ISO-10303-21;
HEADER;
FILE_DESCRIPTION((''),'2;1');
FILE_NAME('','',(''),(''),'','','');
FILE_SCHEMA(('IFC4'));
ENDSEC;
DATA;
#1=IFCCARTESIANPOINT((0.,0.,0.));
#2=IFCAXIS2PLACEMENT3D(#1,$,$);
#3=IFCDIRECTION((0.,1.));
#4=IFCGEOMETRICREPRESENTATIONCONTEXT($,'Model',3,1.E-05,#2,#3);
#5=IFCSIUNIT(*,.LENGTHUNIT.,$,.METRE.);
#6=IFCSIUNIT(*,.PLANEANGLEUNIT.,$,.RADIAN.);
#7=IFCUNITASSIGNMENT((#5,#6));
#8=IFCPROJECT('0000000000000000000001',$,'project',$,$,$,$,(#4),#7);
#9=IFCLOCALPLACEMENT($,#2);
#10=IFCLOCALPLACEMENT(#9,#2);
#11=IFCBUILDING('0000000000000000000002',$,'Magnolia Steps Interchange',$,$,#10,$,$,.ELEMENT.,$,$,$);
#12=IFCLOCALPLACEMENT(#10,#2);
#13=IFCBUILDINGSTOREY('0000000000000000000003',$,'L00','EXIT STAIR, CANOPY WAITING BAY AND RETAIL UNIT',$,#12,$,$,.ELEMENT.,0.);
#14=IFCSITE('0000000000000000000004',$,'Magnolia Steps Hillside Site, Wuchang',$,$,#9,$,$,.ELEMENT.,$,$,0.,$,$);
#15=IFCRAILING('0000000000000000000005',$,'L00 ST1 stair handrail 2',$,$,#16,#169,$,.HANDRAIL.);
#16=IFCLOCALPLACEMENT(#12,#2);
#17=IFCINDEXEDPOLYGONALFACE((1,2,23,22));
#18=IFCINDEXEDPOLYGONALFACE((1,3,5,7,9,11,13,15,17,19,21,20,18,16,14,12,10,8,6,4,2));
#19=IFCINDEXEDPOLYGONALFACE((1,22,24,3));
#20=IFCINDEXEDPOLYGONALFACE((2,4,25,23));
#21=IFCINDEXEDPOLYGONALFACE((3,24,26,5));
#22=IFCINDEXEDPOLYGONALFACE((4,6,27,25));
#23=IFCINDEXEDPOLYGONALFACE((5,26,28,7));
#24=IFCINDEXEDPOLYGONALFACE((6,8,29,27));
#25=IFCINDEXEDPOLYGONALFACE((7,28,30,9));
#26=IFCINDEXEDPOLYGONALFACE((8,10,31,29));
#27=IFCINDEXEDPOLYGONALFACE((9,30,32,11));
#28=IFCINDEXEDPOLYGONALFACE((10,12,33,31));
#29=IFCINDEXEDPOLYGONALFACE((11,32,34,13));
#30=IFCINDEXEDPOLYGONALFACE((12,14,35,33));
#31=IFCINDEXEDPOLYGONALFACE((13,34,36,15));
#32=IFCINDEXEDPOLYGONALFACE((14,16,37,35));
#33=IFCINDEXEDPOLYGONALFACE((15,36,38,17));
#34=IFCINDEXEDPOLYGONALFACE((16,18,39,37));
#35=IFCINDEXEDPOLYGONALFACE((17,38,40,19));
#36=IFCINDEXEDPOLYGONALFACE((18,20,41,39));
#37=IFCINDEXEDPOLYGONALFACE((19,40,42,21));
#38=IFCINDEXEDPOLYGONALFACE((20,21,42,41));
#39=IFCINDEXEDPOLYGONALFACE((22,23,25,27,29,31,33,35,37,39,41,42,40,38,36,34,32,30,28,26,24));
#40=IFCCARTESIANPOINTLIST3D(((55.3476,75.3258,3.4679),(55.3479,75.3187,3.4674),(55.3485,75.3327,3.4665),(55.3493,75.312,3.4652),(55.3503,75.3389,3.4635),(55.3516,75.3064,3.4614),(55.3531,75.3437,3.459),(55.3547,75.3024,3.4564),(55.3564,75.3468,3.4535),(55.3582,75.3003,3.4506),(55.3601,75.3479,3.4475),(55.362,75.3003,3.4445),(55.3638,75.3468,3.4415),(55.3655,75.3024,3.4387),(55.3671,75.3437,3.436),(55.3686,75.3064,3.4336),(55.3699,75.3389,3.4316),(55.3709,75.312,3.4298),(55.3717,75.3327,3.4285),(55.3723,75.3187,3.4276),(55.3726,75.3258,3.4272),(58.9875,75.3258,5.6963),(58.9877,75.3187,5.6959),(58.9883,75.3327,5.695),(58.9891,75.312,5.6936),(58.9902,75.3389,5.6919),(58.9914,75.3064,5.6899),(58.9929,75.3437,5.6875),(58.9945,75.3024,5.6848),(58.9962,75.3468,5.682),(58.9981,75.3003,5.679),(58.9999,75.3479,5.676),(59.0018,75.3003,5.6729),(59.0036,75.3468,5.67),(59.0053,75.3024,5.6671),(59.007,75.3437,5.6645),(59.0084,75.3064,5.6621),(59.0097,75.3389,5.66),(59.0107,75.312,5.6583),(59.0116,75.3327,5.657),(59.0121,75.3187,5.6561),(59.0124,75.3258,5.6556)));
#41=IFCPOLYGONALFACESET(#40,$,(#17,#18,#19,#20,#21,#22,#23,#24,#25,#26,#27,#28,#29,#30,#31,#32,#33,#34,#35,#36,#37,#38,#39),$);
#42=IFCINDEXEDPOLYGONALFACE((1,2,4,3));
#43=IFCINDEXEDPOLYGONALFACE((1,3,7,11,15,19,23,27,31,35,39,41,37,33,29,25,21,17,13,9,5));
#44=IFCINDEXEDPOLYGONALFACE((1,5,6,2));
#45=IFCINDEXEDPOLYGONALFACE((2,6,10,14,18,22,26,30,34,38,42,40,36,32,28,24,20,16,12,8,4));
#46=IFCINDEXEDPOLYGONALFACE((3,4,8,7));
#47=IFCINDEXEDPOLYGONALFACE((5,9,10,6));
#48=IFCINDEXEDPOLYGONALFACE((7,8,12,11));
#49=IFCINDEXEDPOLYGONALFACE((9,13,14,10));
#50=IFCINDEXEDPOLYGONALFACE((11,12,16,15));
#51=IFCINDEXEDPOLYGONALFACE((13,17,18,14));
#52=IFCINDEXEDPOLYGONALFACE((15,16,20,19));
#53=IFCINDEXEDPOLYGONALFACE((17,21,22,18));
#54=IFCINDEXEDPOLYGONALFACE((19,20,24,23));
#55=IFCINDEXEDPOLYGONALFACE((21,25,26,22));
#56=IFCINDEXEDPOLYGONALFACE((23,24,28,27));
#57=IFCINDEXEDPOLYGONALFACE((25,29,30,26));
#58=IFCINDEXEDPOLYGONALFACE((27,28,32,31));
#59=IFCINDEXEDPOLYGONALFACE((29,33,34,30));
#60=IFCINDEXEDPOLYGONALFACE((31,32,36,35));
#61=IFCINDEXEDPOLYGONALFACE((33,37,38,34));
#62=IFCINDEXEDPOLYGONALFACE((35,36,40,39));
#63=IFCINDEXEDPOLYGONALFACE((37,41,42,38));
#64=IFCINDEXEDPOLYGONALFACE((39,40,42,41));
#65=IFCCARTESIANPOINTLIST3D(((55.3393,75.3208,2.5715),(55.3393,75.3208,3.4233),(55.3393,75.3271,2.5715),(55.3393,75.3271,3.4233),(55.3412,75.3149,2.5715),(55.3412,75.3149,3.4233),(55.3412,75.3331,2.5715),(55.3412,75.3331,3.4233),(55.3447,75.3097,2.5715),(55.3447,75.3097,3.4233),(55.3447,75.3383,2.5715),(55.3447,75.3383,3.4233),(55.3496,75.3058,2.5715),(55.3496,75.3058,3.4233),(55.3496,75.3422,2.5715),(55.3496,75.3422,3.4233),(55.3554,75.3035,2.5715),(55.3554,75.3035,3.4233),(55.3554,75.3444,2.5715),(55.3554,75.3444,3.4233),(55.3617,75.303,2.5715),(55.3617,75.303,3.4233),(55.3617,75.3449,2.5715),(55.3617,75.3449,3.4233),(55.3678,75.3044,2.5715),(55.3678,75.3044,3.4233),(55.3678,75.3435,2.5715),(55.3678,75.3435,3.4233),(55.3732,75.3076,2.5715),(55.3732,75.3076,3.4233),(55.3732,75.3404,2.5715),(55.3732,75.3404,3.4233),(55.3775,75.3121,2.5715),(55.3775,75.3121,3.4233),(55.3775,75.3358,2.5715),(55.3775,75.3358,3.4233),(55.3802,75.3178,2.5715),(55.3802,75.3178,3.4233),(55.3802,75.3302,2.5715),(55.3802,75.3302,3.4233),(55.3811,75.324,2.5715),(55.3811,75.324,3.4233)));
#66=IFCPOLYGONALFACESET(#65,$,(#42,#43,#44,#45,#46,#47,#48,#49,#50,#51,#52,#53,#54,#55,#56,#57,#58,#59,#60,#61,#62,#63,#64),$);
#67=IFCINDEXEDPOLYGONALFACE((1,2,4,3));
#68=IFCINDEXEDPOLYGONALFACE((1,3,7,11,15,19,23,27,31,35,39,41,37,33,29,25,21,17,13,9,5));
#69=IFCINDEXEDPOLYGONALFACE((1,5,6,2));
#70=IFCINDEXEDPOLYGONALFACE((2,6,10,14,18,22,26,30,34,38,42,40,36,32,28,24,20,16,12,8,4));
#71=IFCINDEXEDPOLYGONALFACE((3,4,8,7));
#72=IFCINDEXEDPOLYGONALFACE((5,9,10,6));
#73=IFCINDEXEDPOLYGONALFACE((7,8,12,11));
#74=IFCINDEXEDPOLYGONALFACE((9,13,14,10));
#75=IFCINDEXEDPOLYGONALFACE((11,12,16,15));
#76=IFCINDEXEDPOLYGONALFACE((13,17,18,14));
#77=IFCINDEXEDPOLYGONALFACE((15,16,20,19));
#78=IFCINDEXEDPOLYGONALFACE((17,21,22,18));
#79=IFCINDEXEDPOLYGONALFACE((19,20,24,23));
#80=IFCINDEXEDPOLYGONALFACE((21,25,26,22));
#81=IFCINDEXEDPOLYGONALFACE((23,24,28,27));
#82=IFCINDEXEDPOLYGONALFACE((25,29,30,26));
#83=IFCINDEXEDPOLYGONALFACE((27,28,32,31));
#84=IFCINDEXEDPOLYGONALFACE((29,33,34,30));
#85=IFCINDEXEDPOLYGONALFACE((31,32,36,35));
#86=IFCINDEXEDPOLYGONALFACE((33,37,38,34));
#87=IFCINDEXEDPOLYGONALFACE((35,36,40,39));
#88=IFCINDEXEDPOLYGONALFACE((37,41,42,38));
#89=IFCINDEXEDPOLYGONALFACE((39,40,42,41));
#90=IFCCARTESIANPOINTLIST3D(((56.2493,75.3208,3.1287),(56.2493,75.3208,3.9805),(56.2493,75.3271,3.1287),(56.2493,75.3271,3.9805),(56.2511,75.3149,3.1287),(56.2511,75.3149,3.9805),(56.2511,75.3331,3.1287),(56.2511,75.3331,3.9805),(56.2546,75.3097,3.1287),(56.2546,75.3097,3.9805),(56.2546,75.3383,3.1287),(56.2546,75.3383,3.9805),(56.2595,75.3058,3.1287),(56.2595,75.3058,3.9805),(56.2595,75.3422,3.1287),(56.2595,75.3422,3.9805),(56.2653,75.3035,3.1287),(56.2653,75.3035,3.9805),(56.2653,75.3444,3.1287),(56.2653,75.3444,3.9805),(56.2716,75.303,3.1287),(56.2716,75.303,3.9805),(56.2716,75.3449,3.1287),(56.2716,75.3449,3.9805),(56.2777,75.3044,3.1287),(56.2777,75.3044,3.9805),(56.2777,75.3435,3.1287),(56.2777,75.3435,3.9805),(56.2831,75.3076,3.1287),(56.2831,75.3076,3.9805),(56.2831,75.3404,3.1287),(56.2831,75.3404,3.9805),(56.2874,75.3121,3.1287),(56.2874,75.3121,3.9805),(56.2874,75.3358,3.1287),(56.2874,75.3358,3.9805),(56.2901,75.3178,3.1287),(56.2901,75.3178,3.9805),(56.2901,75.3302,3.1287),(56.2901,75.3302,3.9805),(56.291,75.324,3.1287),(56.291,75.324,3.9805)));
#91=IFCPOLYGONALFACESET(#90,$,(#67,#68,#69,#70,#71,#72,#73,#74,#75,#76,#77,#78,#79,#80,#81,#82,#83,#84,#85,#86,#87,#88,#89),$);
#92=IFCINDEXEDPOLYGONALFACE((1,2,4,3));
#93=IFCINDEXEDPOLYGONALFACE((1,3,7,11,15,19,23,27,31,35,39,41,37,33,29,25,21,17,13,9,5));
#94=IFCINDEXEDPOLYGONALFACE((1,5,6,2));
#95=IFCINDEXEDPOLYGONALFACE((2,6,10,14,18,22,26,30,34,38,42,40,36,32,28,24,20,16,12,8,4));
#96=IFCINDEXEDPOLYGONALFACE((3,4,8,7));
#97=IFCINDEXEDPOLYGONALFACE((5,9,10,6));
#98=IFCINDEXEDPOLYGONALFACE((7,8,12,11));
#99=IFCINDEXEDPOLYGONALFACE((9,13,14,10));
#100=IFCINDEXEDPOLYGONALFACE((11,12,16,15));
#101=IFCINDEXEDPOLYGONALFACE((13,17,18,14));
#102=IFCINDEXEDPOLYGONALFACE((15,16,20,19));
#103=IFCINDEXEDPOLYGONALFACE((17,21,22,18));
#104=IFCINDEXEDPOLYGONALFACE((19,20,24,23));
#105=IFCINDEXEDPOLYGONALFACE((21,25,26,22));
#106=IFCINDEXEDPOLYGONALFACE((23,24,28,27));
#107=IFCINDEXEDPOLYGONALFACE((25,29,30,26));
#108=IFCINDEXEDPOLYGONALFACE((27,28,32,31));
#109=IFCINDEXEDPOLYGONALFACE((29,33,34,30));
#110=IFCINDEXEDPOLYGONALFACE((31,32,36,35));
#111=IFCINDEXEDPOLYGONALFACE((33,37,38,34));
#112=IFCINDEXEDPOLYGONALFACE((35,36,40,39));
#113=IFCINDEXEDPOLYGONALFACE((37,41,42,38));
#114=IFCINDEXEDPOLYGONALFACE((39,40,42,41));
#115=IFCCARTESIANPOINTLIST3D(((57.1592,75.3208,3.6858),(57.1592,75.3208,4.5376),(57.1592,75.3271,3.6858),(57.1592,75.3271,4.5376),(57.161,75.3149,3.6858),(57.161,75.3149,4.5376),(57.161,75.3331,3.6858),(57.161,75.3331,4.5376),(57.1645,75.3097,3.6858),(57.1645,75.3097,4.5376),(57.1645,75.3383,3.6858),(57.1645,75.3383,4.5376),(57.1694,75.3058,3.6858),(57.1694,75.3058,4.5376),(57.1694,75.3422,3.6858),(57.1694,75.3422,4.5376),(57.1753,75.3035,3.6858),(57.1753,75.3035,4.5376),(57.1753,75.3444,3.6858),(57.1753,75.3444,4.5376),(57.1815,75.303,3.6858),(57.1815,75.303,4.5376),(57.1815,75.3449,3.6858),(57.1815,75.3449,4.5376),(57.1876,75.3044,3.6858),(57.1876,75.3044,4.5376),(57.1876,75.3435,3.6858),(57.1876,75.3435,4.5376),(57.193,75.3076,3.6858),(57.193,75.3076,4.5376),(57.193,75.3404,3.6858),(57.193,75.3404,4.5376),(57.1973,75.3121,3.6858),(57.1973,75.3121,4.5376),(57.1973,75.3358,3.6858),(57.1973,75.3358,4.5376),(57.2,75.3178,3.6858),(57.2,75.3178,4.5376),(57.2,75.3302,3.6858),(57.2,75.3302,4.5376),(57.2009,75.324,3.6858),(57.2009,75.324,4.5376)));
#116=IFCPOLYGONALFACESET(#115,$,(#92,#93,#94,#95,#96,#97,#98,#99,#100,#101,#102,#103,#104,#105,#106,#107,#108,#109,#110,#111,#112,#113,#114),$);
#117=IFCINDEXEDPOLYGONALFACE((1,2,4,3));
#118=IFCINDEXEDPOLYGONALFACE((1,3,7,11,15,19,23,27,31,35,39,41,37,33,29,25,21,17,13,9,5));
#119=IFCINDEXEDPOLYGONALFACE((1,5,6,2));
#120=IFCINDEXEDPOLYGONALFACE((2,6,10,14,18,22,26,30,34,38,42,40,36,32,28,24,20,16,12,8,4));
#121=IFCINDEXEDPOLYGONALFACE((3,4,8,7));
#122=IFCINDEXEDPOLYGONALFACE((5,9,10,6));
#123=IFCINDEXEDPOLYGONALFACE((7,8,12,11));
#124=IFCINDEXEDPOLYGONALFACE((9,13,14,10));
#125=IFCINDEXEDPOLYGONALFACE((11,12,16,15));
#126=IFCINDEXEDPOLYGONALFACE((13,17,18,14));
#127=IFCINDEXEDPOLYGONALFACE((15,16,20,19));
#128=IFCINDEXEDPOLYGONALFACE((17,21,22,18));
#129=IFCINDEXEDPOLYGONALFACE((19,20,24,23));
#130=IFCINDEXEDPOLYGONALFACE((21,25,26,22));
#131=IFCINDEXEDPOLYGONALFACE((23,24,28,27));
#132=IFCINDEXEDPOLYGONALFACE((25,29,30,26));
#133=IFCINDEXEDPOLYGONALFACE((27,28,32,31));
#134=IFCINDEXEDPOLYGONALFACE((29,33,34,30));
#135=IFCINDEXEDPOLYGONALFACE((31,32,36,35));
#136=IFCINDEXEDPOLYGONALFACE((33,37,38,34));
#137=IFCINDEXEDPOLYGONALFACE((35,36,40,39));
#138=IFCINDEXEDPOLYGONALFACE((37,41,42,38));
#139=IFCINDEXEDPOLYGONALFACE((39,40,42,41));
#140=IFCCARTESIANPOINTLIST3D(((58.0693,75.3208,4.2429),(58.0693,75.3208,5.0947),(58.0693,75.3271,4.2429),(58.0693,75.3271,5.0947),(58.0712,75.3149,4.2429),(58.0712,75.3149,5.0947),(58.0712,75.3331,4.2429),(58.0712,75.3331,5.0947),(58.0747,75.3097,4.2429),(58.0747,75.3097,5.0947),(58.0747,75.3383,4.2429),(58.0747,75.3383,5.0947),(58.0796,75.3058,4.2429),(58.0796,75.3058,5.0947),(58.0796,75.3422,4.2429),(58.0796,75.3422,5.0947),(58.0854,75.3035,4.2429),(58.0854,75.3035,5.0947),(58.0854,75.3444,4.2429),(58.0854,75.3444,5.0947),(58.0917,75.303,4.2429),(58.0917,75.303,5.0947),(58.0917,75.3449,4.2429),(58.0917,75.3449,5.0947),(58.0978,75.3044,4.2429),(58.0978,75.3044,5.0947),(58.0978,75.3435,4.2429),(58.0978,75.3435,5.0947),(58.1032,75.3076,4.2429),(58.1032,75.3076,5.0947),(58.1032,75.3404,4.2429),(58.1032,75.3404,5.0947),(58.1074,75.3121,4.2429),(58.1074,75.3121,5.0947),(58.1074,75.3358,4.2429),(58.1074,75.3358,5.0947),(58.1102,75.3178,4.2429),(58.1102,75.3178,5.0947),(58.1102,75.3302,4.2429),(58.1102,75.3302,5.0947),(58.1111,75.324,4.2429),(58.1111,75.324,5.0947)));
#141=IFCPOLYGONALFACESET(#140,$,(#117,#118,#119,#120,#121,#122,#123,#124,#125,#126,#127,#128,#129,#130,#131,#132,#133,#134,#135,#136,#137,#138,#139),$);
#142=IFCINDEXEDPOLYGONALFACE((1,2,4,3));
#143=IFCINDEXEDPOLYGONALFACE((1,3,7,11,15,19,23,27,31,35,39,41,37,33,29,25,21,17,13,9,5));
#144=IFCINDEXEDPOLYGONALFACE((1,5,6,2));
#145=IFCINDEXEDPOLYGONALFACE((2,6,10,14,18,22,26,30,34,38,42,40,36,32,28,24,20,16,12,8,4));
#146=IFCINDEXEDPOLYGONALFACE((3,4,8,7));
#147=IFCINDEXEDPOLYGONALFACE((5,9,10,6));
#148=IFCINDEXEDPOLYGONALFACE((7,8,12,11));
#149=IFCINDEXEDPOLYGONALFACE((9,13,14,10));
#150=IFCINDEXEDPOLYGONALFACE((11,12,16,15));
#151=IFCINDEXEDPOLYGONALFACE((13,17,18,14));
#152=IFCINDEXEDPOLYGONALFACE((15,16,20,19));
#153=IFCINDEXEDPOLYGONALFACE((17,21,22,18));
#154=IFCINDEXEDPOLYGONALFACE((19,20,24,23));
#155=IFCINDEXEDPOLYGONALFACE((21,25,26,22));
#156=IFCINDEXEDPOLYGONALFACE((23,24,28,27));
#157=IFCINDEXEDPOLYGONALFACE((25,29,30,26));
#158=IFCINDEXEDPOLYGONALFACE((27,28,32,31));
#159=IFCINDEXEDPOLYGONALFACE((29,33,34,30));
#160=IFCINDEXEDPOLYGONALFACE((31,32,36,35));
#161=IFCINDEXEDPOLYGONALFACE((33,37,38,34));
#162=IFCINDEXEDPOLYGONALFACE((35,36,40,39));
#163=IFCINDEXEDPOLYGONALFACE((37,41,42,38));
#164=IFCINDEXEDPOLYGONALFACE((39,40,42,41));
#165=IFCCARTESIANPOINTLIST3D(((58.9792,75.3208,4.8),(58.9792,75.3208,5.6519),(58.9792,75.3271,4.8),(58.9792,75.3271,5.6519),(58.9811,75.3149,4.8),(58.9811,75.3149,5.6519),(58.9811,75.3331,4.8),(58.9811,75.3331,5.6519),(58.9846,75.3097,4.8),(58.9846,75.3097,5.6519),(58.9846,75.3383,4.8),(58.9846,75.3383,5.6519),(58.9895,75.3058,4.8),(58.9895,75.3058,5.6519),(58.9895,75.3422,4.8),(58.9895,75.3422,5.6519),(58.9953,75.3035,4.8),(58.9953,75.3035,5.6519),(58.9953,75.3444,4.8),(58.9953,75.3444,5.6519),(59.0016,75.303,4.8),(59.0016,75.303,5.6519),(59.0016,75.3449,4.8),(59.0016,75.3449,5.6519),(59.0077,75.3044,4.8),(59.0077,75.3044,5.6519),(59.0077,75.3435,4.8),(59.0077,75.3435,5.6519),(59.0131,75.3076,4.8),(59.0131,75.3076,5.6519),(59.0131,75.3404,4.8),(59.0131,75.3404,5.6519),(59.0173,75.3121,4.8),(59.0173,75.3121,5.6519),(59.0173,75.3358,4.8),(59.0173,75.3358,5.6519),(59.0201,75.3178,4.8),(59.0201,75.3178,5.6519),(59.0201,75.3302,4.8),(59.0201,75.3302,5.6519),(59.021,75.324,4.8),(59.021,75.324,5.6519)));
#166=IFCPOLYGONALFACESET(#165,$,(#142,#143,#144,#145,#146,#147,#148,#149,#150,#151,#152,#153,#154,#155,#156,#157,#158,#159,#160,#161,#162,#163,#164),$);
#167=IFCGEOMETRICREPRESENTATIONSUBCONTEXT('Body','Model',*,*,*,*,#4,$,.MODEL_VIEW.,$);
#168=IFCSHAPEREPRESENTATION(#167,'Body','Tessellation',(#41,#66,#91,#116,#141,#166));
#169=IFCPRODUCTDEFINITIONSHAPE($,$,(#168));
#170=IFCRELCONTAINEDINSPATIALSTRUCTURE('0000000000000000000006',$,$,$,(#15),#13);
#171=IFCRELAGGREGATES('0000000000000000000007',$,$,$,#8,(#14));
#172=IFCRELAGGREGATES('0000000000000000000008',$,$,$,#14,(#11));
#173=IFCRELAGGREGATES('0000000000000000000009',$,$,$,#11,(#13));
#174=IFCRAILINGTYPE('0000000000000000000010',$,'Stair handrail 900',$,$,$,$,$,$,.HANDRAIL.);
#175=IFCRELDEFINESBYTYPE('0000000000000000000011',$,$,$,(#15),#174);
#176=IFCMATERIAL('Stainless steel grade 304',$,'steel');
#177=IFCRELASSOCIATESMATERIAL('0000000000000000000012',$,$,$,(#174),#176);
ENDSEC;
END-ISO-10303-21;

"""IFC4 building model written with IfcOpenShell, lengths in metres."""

from ifc_helpers import new_model, si_unit, direction, frame, origin, origin_2d, place, context, subcontext, project, spatial, circle, extrude, material, type_object, element, save


model = new_model("IFC4")

# Units and contexts
model_context = context("Model", 3, precision=1e-05, world=origin(), true_north=direction((0.0, 1.0)))
body_context = subcontext(model_context, "Body", "Model", "MODEL_VIEW")
ifc_project = project(units=[si_unit("LENGTHUNIT", "METRE"), si_unit("PLANEANGLEUNIT", "RADIAN")], contexts=[model_context])

# Site, building, storey
site_placement = place(None, origin())
site = spatial("IfcSite", under=ifc_project, at=site_placement, Name="Magnolia Steps Hillside Site, Wuchang", CompositionType="ELEMENT", RefElevation=0.0)
building_placement = place(site_placement, origin())
building = spatial("IfcBuilding", under=site, at=building_placement, Name="Magnolia Steps Interchange", CompositionType="ELEMENT")
storey_placement = place(building_placement, origin())
storey = spatial("IfcBuildingStorey", under=building, at=storey_placement, Name="L00", Description="EXIT STAIR, CANOPY WAITING BAY AND RETAIL UNIT", CompositionType="ELEMENT", Elevation=0.0)

# Railing
ifc_material_1 = material(Name="Stainless steel grade 304", Category="steel")
railing_type_1 = type_object("IfcRailingType", Name="Stair handrail 900", PredefinedType="HANDRAIL", material=ifc_material_1)
railing_1_placement = place(storey_placement, frame((55.3601, 75.324, 2.5715)))
element("IfcRailing", 1, at=railing_1_placement, inside=storey, type_object=railing_type_1, Name="L00 ST1 stair handrail 2", PredefinedType="HANDRAIL", context=body_context, shape_type="SweptSolid", body=[
    extrude(circle(Radius=0.0239, at=origin_2d()), frame((0.0, 0.0, 0.876), z_axis=(0.85285, 0.0, 0.522156), x_axis=(0.0, 1.0, 0.0)), (0.0, 0.0, 1.0), 4.2678),
    extrude(circle(Radius=0.021, at=origin_2d()), origin(), (0.0, 0.0, 1.0), 0.8518),
    extrude(circle(Radius=0.021, at=origin_2d()), frame((0.9099, 0.0, 0.5571)), (0.0, 0.0, 1.0), 0.8518),
    extrude(circle(Radius=0.021, at=origin_2d()), frame((1.8198, 0.0, 1.1143)), (0.0, 0.0, 1.0), 0.8518),
    extrude(circle(Radius=0.021, at=origin_2d()), frame((2.73, 0.0, 1.6714)), (0.0, 0.0, 1.0), 0.8518),
    extrude(circle(Radius=0.021, at=origin_2d()), frame((3.6399, 0.0, 2.2285)), (0.0, 0.0, 1.0), 0.8518),
])

save(model, "model.ifc")
